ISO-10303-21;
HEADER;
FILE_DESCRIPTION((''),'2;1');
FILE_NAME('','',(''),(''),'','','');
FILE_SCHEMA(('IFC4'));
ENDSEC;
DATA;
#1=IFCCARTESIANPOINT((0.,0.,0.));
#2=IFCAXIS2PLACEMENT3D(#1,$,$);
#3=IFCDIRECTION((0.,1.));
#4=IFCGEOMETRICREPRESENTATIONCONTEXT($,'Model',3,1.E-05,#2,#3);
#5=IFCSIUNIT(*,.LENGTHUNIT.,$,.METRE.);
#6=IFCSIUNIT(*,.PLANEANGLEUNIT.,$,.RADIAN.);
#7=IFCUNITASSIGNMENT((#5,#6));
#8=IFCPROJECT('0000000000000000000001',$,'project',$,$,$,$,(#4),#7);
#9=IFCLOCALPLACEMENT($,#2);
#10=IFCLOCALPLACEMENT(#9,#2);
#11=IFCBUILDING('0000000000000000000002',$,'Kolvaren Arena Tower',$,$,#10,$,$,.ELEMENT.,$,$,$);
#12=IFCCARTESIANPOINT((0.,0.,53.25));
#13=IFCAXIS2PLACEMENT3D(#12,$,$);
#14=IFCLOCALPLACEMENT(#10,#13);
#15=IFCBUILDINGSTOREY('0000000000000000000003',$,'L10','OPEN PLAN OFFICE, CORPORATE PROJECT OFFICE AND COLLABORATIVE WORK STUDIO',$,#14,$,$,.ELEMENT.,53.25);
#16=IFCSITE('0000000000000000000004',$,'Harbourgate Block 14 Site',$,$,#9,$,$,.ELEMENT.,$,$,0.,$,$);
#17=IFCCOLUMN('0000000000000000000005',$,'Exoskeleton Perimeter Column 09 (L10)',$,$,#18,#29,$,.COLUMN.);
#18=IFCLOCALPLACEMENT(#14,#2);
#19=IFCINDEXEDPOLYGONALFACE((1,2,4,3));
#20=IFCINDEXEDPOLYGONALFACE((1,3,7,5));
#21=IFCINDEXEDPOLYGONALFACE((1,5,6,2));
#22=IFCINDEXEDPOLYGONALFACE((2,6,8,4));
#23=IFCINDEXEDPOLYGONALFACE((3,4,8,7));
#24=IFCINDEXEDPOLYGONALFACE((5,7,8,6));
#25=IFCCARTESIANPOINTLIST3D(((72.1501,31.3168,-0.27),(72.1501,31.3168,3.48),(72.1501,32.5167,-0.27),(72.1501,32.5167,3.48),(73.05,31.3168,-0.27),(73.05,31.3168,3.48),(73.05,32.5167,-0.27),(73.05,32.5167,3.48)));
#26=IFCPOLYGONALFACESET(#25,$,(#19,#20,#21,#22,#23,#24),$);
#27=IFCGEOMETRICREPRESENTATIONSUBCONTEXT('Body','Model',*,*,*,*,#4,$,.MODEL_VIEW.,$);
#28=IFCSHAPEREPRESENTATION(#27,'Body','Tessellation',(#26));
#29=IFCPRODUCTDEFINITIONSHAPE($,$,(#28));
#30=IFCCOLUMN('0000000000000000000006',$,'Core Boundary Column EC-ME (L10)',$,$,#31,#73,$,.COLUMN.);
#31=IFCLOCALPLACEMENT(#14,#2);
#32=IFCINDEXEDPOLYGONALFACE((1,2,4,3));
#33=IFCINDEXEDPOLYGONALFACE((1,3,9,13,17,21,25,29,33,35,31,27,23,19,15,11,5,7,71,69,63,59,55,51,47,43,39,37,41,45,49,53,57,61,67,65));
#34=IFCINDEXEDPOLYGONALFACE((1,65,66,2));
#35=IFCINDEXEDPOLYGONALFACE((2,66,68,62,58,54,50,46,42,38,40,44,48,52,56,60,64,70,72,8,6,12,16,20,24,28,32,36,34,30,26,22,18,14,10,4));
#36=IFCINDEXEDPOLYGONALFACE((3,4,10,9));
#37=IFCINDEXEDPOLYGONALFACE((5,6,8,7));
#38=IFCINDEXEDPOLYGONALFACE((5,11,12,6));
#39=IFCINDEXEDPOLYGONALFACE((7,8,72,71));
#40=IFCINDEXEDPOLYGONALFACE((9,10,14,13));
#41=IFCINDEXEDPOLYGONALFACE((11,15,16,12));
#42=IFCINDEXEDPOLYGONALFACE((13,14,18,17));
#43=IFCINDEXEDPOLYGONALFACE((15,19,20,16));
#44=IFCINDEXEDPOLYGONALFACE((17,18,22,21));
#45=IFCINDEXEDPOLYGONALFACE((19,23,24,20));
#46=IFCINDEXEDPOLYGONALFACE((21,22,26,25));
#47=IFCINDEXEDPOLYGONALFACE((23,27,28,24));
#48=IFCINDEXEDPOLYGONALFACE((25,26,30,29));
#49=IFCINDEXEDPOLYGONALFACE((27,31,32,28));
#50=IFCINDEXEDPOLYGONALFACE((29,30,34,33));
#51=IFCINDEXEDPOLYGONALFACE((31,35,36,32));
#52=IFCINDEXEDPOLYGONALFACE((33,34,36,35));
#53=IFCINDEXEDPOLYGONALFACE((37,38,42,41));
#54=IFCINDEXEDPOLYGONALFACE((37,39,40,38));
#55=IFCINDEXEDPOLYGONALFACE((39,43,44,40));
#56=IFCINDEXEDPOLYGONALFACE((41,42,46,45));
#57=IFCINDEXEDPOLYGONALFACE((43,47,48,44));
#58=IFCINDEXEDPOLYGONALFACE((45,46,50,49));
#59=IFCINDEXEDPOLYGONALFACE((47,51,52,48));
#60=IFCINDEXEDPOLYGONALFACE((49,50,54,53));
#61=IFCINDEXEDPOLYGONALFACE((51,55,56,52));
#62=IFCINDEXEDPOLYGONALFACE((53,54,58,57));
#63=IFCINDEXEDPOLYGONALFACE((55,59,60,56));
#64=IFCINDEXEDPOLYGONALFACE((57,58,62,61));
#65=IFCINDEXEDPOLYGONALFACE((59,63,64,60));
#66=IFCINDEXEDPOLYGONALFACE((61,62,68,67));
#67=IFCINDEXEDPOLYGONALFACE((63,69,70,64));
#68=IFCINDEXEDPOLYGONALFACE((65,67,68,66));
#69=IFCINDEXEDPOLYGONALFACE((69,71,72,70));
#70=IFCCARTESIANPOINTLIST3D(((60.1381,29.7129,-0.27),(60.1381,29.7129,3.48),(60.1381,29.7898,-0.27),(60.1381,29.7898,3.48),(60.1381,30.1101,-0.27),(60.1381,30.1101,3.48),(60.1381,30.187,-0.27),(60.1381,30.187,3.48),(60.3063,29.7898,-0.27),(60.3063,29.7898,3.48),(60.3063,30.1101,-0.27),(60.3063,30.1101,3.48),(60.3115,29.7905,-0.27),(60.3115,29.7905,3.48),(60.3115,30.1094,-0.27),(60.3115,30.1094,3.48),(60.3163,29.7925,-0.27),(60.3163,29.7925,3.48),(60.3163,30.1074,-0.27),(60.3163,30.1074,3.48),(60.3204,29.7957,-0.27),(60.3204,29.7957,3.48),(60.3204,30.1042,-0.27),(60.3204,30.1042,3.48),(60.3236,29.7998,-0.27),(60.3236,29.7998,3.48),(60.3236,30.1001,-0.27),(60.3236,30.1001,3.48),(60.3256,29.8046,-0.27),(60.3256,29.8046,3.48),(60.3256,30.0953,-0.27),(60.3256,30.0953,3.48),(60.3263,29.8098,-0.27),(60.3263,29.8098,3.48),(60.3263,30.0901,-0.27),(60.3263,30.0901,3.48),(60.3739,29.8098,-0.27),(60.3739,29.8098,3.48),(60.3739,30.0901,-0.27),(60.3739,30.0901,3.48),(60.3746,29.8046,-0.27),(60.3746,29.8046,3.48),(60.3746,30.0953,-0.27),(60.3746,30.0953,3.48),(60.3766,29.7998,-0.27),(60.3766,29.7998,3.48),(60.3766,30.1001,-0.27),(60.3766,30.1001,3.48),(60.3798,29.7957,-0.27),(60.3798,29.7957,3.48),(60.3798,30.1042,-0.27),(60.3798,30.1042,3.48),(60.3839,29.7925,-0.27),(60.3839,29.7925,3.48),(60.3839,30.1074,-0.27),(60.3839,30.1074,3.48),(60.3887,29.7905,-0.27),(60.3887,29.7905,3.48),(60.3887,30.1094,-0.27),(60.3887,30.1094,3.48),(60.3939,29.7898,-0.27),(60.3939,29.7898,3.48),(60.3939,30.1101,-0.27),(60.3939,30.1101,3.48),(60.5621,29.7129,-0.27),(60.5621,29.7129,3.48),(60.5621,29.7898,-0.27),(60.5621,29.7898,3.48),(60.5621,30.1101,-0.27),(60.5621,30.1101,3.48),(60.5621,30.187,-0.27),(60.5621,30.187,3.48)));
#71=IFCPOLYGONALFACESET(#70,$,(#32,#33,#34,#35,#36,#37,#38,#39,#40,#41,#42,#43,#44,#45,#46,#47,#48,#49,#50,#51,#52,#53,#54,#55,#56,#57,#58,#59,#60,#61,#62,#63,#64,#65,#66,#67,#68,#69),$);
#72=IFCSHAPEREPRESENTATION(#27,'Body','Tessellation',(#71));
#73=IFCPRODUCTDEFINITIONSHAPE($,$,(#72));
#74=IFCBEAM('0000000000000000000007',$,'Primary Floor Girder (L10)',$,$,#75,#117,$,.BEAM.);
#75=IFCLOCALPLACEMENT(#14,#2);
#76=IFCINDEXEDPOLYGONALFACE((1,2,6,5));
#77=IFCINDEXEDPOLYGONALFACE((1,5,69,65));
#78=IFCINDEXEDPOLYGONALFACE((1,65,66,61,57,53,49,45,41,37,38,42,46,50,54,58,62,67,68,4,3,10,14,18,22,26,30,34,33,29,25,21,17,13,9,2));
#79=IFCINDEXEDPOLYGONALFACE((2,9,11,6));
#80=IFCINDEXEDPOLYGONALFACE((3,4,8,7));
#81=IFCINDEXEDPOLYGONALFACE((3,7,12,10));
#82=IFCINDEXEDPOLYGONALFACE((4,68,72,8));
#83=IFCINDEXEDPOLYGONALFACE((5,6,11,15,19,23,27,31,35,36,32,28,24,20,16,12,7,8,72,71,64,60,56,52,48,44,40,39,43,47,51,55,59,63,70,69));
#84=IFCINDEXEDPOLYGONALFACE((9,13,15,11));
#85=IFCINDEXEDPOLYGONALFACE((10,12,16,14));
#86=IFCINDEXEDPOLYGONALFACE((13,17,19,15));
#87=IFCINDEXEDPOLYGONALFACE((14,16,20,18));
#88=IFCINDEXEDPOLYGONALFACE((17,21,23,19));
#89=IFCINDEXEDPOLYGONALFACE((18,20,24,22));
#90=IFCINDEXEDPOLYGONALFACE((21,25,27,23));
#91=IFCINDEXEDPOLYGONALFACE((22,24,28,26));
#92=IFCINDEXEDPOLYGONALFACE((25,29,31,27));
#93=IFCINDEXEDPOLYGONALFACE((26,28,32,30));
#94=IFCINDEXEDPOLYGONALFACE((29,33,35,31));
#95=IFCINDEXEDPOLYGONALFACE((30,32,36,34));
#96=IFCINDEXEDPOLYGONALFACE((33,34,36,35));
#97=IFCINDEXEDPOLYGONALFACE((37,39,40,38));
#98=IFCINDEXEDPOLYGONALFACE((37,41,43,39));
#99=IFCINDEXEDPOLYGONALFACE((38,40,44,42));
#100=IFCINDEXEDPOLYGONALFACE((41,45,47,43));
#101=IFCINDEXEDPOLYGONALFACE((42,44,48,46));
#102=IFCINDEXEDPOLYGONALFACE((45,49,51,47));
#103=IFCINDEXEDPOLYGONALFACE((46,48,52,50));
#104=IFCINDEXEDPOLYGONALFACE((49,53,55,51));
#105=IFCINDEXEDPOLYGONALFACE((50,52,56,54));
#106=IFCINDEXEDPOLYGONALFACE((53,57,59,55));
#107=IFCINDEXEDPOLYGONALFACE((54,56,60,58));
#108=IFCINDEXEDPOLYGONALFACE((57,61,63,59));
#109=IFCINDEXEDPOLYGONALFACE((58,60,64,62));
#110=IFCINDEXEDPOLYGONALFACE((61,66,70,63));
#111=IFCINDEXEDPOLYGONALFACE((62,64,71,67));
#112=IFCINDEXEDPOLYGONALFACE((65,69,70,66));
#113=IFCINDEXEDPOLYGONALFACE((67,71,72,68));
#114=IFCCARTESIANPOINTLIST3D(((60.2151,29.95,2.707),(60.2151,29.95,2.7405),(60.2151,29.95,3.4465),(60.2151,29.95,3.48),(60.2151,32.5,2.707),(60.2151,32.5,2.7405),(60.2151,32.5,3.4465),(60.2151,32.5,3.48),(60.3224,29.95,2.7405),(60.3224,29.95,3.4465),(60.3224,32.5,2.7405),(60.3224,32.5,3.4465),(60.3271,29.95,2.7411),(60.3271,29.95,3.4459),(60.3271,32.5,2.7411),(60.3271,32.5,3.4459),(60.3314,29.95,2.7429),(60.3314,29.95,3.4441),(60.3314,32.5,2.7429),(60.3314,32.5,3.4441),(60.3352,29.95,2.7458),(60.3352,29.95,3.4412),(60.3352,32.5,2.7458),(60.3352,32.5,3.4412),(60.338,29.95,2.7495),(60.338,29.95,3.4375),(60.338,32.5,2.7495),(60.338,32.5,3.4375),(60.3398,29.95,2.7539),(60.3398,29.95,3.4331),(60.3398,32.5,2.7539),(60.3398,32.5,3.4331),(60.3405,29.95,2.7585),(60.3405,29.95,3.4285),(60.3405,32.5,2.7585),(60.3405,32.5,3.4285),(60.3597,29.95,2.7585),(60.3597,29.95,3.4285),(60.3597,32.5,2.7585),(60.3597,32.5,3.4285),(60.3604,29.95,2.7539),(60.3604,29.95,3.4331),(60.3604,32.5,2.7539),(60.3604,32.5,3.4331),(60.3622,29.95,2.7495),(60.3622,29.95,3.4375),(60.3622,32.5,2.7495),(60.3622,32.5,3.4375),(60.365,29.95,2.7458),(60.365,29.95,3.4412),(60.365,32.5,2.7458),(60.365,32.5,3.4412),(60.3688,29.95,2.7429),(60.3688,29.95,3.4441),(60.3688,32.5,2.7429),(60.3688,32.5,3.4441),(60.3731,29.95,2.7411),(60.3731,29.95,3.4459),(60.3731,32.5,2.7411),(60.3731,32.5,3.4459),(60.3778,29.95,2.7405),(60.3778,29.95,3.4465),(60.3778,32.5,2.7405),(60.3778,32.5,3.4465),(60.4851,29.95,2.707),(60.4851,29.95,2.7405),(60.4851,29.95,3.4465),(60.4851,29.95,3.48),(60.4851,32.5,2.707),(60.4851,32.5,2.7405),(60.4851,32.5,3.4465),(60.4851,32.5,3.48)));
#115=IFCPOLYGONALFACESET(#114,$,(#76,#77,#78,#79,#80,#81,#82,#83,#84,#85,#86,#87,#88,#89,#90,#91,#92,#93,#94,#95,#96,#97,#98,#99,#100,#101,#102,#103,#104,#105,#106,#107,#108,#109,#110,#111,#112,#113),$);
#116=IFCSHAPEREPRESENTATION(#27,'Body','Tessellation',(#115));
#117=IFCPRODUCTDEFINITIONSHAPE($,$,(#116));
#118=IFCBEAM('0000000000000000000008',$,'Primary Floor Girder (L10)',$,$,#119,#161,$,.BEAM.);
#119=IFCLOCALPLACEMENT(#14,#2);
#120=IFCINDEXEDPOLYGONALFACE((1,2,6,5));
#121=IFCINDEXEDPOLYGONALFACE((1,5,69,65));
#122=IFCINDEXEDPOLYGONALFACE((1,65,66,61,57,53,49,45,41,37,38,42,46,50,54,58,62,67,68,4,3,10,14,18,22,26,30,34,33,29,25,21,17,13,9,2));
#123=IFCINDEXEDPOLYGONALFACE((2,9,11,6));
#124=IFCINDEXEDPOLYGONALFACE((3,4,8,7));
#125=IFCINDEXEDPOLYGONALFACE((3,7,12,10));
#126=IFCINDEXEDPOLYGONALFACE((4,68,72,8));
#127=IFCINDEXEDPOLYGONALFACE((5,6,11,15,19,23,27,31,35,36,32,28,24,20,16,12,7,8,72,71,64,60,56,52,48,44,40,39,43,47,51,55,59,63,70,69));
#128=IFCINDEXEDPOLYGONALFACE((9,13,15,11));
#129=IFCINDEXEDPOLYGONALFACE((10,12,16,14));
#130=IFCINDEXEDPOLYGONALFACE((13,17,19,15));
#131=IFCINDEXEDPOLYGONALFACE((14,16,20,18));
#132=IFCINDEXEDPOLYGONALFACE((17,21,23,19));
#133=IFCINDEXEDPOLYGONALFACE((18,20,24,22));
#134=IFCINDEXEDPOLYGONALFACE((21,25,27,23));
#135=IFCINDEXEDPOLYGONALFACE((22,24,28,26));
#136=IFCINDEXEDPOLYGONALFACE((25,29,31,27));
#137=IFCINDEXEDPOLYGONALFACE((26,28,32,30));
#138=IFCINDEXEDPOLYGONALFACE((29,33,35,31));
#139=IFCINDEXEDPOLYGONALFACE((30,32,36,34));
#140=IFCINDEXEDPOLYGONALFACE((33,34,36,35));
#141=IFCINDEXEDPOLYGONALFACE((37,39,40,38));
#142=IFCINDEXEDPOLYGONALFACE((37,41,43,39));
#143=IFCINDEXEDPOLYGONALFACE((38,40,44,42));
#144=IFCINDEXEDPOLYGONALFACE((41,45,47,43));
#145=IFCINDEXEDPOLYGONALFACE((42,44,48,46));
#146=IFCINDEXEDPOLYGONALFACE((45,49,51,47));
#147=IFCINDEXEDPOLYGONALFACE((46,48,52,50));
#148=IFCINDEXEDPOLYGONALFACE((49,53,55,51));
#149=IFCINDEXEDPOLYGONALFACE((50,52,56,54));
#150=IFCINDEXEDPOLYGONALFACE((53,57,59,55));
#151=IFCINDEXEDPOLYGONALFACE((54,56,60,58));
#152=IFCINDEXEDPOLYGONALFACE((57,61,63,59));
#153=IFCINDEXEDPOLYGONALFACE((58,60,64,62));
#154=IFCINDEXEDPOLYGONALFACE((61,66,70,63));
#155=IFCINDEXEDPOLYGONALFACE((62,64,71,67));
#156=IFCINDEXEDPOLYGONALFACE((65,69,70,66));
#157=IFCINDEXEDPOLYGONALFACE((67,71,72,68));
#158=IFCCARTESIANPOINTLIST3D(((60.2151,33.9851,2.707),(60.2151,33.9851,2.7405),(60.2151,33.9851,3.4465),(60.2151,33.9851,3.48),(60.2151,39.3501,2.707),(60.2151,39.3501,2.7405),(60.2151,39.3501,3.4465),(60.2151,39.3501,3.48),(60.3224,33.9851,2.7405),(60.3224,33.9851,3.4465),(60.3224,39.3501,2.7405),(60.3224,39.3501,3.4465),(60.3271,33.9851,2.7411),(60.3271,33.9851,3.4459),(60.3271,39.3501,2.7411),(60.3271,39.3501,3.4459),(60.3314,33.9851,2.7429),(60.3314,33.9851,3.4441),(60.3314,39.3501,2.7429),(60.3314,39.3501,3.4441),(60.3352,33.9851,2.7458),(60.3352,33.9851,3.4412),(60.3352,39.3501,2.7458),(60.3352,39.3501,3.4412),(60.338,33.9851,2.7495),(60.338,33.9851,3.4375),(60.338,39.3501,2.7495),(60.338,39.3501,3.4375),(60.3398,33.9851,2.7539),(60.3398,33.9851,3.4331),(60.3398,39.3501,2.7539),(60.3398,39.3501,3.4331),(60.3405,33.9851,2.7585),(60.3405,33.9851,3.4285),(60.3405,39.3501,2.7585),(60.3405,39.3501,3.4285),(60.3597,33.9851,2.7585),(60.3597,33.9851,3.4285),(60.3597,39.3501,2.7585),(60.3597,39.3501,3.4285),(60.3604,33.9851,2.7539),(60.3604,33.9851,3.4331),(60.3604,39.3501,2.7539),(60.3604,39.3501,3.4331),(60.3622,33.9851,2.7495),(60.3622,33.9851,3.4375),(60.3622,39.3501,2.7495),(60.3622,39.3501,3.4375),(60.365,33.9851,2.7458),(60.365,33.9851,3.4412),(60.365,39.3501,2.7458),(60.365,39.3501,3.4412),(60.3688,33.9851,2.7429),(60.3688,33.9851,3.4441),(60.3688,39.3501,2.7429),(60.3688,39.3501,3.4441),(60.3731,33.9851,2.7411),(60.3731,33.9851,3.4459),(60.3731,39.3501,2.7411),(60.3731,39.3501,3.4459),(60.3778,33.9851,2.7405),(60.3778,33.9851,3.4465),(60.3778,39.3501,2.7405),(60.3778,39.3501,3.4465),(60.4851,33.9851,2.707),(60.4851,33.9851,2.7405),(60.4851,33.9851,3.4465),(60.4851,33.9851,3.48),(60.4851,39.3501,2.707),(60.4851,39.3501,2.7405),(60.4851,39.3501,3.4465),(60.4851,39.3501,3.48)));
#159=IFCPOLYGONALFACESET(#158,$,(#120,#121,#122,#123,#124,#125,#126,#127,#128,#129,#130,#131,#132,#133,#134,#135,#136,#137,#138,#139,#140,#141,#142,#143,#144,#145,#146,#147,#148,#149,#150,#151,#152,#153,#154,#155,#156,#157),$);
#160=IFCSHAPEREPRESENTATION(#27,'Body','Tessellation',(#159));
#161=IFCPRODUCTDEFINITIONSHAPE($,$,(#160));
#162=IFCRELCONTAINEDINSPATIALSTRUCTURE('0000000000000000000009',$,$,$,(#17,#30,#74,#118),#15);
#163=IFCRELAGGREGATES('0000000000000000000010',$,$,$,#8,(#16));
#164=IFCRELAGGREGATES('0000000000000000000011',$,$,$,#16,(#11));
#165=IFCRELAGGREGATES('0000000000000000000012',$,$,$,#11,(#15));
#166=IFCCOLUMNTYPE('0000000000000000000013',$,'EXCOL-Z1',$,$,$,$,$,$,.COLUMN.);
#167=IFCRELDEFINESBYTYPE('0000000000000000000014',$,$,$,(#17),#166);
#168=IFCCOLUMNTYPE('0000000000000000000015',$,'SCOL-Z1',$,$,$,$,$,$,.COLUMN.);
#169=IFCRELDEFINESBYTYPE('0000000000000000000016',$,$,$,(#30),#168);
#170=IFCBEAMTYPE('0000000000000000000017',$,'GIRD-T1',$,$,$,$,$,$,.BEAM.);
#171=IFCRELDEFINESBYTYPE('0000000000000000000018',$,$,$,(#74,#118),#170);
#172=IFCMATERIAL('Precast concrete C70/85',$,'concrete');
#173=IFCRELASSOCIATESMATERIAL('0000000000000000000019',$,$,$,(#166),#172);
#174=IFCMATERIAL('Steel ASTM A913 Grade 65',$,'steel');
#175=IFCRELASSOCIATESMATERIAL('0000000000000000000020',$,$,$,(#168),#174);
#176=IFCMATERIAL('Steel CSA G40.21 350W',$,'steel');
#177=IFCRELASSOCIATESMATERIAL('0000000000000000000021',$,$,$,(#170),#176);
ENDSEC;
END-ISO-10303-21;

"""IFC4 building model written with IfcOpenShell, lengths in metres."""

from ifc_helpers import new_model, si_unit, direction, frame, origin, origin_2d, place, context, subcontext, project, spatial, rectangle, i_section, extrude, material, material_profile, profile_set, type_object, element, save


model = new_model("IFC4")

# Units and contexts
model_context = context("Model", 3, precision=1e-05, world=origin(), true_north=direction((0.0, 1.0)))
body_context = subcontext(model_context, "Body", "Model", "MODEL_VIEW")
ifc_project = project(units=[si_unit("LENGTHUNIT", "METRE"), si_unit("PLANEANGLEUNIT", "RADIAN")], contexts=[model_context])

# Site, building, storey
site_placement = place(None, origin())
site = spatial("IfcSite", under=ifc_project, at=site_placement, Name="Harbourgate Block 14 Site", CompositionType="ELEMENT", RefElevation=0.0)
building_placement = place(site_placement, origin())
building = spatial("IfcBuilding", under=site, at=building_placement, Name="Kolvaren Arena Tower", CompositionType="ELEMENT")
storey_placement = place(building_placement, frame((0.0, 0.0, 53.25)))
storey = spatial("IfcBuildingStorey", under=building, at=storey_placement, Name="L10", Description="OPEN PLAN OFFICE, CORPORATE PROJECT OFFICE AND COLLABORATIVE WORK STUDIO", CompositionType="ELEMENT", Elevation=53.25)

# Columns
ifc_material_1 = material(Name="Precast concrete C70/85", Category="concrete")
ifc_material_profile_1 = material_profile(ifc_material_1, rectangle(XDim=1.2, YDim=0.8999, at=origin_2d()), Name="RC-1200x900")
ifc_profile_set_1 = profile_set([ifc_material_profile_1], Name="Precast concrete C70/85")
column_type_1 = type_object("IfcColumnType", Name="EXCOL-Z1", PredefinedType="COLUMN", material=ifc_profile_set_1)
column_1_placement = place(storey_placement, frame((72.6001, 31.9167, -0.27), z_axis=(0.0, 0.0, 1.0), x_axis=(0.0, 1.0, 0.0)))
element("IfcColumn", 1, at=column_1_placement, inside=storey, type_object=column_type_1, Name="Exoskeleton Perimeter Column 09 (L10)", PredefinedType="COLUMN", context=body_context, shape_type="SweptSolid", body=[
    extrude(rectangle(XDim=1.2, YDim=0.8999, at=origin_2d()), origin(), (0.0, 0.0, 1.0), 3.75),
])
ifc_material_2 = material(Name="Steel ASTM A913 Grade 65", Category="steel")
ifc_material_profile_2 = material_profile(ifc_material_2, i_section(OverallWidth=0.4241, OverallDepth=0.4741, WebThickness=0.0476, FlangeThickness=0.0769, FilletRadius=0.02, at=origin_2d()), Name="W360x634")
ifc_profile_set_2 = profile_set([ifc_material_profile_2], Name="Steel ASTM A913 Grade 65")
column_type_2 = type_object("IfcColumnType", Name="SCOL-Z1", PredefinedType="COLUMN", material=ifc_profile_set_2)
column_2_placement = place(storey_placement, frame((60.3501, 29.95, -0.27), z_axis=(0.0, 0.0, 1.0), x_axis=(1.0, 0.0, 0.0)))
element("IfcColumn", 2, at=column_2_placement, inside=storey, type_object=column_type_2, Name="Core Boundary Column EC-ME (L10)", PredefinedType="COLUMN", context=body_context, shape_type="SweptSolid", body=[
    extrude(i_section(OverallWidth=0.4241, OverallDepth=0.4741, WebThickness=0.0476, FlangeThickness=0.0769, FilletRadius=0.02, at=origin_2d()), origin(), (0.0, 0.0, 1.0), 3.75),
])

# Beams
ifc_material_3 = material(Name="Steel CSA G40.21 350W", Category="steel")
ifc_material_profile_3 = material_profile(ifc_material_3, i_section(OverallWidth=0.27, OverallDepth=0.7729, WebThickness=0.0193, FlangeThickness=0.0334, FilletRadius=0.0181, at=origin_2d()), Name="W760x257")
ifc_profile_set_3 = profile_set([ifc_material_profile_3], Name="Steel CSA G40.21 350W")
beam_type_1 = type_object("IfcBeamType", Name="GIRD-T1", PredefinedType="BEAM", material=ifc_profile_set_3)
beam_1_placement = place(storey_placement, frame((60.3501, 29.95, 3.0935), z_axis=(0.0, 1.0, 0.0), x_axis=(-1.0, 0.0, 0.0)))
element("IfcBeam", 3, at=beam_1_placement, inside=storey, type_object=beam_type_1, Name="Primary Floor Girder (L10)", PredefinedType="BEAM", context=body_context, shape_type="SweptSolid", body=[
    extrude(i_section(OverallWidth=0.27, OverallDepth=0.7729, WebThickness=0.0193, FlangeThickness=0.0334, FilletRadius=0.0181, at=origin_2d()), origin(), (0.0, 0.0, 1.0), 2.55),
])
beam_2_placement = place(storey_placement, frame((60.3501, 33.9851, 3.0935), z_axis=(0.0, 1.0, 0.0), x_axis=(-1.0, 0.0, 0.0)))
element("IfcBeam", 4, at=beam_2_placement, inside=storey, type_object=beam_type_1, Name="Primary Floor Girder (L10)", PredefinedType="BEAM", context=body_context, shape_type="SweptSolid", body=[
    extrude(i_section(OverallWidth=0.27, OverallDepth=0.7729, WebThickness=0.0193, FlangeThickness=0.0334, FilletRadius=0.0181, at=origin_2d()), origin(), (0.0, 0.0, 1.0), 5.365),
])

save(model, "model.ifc")
